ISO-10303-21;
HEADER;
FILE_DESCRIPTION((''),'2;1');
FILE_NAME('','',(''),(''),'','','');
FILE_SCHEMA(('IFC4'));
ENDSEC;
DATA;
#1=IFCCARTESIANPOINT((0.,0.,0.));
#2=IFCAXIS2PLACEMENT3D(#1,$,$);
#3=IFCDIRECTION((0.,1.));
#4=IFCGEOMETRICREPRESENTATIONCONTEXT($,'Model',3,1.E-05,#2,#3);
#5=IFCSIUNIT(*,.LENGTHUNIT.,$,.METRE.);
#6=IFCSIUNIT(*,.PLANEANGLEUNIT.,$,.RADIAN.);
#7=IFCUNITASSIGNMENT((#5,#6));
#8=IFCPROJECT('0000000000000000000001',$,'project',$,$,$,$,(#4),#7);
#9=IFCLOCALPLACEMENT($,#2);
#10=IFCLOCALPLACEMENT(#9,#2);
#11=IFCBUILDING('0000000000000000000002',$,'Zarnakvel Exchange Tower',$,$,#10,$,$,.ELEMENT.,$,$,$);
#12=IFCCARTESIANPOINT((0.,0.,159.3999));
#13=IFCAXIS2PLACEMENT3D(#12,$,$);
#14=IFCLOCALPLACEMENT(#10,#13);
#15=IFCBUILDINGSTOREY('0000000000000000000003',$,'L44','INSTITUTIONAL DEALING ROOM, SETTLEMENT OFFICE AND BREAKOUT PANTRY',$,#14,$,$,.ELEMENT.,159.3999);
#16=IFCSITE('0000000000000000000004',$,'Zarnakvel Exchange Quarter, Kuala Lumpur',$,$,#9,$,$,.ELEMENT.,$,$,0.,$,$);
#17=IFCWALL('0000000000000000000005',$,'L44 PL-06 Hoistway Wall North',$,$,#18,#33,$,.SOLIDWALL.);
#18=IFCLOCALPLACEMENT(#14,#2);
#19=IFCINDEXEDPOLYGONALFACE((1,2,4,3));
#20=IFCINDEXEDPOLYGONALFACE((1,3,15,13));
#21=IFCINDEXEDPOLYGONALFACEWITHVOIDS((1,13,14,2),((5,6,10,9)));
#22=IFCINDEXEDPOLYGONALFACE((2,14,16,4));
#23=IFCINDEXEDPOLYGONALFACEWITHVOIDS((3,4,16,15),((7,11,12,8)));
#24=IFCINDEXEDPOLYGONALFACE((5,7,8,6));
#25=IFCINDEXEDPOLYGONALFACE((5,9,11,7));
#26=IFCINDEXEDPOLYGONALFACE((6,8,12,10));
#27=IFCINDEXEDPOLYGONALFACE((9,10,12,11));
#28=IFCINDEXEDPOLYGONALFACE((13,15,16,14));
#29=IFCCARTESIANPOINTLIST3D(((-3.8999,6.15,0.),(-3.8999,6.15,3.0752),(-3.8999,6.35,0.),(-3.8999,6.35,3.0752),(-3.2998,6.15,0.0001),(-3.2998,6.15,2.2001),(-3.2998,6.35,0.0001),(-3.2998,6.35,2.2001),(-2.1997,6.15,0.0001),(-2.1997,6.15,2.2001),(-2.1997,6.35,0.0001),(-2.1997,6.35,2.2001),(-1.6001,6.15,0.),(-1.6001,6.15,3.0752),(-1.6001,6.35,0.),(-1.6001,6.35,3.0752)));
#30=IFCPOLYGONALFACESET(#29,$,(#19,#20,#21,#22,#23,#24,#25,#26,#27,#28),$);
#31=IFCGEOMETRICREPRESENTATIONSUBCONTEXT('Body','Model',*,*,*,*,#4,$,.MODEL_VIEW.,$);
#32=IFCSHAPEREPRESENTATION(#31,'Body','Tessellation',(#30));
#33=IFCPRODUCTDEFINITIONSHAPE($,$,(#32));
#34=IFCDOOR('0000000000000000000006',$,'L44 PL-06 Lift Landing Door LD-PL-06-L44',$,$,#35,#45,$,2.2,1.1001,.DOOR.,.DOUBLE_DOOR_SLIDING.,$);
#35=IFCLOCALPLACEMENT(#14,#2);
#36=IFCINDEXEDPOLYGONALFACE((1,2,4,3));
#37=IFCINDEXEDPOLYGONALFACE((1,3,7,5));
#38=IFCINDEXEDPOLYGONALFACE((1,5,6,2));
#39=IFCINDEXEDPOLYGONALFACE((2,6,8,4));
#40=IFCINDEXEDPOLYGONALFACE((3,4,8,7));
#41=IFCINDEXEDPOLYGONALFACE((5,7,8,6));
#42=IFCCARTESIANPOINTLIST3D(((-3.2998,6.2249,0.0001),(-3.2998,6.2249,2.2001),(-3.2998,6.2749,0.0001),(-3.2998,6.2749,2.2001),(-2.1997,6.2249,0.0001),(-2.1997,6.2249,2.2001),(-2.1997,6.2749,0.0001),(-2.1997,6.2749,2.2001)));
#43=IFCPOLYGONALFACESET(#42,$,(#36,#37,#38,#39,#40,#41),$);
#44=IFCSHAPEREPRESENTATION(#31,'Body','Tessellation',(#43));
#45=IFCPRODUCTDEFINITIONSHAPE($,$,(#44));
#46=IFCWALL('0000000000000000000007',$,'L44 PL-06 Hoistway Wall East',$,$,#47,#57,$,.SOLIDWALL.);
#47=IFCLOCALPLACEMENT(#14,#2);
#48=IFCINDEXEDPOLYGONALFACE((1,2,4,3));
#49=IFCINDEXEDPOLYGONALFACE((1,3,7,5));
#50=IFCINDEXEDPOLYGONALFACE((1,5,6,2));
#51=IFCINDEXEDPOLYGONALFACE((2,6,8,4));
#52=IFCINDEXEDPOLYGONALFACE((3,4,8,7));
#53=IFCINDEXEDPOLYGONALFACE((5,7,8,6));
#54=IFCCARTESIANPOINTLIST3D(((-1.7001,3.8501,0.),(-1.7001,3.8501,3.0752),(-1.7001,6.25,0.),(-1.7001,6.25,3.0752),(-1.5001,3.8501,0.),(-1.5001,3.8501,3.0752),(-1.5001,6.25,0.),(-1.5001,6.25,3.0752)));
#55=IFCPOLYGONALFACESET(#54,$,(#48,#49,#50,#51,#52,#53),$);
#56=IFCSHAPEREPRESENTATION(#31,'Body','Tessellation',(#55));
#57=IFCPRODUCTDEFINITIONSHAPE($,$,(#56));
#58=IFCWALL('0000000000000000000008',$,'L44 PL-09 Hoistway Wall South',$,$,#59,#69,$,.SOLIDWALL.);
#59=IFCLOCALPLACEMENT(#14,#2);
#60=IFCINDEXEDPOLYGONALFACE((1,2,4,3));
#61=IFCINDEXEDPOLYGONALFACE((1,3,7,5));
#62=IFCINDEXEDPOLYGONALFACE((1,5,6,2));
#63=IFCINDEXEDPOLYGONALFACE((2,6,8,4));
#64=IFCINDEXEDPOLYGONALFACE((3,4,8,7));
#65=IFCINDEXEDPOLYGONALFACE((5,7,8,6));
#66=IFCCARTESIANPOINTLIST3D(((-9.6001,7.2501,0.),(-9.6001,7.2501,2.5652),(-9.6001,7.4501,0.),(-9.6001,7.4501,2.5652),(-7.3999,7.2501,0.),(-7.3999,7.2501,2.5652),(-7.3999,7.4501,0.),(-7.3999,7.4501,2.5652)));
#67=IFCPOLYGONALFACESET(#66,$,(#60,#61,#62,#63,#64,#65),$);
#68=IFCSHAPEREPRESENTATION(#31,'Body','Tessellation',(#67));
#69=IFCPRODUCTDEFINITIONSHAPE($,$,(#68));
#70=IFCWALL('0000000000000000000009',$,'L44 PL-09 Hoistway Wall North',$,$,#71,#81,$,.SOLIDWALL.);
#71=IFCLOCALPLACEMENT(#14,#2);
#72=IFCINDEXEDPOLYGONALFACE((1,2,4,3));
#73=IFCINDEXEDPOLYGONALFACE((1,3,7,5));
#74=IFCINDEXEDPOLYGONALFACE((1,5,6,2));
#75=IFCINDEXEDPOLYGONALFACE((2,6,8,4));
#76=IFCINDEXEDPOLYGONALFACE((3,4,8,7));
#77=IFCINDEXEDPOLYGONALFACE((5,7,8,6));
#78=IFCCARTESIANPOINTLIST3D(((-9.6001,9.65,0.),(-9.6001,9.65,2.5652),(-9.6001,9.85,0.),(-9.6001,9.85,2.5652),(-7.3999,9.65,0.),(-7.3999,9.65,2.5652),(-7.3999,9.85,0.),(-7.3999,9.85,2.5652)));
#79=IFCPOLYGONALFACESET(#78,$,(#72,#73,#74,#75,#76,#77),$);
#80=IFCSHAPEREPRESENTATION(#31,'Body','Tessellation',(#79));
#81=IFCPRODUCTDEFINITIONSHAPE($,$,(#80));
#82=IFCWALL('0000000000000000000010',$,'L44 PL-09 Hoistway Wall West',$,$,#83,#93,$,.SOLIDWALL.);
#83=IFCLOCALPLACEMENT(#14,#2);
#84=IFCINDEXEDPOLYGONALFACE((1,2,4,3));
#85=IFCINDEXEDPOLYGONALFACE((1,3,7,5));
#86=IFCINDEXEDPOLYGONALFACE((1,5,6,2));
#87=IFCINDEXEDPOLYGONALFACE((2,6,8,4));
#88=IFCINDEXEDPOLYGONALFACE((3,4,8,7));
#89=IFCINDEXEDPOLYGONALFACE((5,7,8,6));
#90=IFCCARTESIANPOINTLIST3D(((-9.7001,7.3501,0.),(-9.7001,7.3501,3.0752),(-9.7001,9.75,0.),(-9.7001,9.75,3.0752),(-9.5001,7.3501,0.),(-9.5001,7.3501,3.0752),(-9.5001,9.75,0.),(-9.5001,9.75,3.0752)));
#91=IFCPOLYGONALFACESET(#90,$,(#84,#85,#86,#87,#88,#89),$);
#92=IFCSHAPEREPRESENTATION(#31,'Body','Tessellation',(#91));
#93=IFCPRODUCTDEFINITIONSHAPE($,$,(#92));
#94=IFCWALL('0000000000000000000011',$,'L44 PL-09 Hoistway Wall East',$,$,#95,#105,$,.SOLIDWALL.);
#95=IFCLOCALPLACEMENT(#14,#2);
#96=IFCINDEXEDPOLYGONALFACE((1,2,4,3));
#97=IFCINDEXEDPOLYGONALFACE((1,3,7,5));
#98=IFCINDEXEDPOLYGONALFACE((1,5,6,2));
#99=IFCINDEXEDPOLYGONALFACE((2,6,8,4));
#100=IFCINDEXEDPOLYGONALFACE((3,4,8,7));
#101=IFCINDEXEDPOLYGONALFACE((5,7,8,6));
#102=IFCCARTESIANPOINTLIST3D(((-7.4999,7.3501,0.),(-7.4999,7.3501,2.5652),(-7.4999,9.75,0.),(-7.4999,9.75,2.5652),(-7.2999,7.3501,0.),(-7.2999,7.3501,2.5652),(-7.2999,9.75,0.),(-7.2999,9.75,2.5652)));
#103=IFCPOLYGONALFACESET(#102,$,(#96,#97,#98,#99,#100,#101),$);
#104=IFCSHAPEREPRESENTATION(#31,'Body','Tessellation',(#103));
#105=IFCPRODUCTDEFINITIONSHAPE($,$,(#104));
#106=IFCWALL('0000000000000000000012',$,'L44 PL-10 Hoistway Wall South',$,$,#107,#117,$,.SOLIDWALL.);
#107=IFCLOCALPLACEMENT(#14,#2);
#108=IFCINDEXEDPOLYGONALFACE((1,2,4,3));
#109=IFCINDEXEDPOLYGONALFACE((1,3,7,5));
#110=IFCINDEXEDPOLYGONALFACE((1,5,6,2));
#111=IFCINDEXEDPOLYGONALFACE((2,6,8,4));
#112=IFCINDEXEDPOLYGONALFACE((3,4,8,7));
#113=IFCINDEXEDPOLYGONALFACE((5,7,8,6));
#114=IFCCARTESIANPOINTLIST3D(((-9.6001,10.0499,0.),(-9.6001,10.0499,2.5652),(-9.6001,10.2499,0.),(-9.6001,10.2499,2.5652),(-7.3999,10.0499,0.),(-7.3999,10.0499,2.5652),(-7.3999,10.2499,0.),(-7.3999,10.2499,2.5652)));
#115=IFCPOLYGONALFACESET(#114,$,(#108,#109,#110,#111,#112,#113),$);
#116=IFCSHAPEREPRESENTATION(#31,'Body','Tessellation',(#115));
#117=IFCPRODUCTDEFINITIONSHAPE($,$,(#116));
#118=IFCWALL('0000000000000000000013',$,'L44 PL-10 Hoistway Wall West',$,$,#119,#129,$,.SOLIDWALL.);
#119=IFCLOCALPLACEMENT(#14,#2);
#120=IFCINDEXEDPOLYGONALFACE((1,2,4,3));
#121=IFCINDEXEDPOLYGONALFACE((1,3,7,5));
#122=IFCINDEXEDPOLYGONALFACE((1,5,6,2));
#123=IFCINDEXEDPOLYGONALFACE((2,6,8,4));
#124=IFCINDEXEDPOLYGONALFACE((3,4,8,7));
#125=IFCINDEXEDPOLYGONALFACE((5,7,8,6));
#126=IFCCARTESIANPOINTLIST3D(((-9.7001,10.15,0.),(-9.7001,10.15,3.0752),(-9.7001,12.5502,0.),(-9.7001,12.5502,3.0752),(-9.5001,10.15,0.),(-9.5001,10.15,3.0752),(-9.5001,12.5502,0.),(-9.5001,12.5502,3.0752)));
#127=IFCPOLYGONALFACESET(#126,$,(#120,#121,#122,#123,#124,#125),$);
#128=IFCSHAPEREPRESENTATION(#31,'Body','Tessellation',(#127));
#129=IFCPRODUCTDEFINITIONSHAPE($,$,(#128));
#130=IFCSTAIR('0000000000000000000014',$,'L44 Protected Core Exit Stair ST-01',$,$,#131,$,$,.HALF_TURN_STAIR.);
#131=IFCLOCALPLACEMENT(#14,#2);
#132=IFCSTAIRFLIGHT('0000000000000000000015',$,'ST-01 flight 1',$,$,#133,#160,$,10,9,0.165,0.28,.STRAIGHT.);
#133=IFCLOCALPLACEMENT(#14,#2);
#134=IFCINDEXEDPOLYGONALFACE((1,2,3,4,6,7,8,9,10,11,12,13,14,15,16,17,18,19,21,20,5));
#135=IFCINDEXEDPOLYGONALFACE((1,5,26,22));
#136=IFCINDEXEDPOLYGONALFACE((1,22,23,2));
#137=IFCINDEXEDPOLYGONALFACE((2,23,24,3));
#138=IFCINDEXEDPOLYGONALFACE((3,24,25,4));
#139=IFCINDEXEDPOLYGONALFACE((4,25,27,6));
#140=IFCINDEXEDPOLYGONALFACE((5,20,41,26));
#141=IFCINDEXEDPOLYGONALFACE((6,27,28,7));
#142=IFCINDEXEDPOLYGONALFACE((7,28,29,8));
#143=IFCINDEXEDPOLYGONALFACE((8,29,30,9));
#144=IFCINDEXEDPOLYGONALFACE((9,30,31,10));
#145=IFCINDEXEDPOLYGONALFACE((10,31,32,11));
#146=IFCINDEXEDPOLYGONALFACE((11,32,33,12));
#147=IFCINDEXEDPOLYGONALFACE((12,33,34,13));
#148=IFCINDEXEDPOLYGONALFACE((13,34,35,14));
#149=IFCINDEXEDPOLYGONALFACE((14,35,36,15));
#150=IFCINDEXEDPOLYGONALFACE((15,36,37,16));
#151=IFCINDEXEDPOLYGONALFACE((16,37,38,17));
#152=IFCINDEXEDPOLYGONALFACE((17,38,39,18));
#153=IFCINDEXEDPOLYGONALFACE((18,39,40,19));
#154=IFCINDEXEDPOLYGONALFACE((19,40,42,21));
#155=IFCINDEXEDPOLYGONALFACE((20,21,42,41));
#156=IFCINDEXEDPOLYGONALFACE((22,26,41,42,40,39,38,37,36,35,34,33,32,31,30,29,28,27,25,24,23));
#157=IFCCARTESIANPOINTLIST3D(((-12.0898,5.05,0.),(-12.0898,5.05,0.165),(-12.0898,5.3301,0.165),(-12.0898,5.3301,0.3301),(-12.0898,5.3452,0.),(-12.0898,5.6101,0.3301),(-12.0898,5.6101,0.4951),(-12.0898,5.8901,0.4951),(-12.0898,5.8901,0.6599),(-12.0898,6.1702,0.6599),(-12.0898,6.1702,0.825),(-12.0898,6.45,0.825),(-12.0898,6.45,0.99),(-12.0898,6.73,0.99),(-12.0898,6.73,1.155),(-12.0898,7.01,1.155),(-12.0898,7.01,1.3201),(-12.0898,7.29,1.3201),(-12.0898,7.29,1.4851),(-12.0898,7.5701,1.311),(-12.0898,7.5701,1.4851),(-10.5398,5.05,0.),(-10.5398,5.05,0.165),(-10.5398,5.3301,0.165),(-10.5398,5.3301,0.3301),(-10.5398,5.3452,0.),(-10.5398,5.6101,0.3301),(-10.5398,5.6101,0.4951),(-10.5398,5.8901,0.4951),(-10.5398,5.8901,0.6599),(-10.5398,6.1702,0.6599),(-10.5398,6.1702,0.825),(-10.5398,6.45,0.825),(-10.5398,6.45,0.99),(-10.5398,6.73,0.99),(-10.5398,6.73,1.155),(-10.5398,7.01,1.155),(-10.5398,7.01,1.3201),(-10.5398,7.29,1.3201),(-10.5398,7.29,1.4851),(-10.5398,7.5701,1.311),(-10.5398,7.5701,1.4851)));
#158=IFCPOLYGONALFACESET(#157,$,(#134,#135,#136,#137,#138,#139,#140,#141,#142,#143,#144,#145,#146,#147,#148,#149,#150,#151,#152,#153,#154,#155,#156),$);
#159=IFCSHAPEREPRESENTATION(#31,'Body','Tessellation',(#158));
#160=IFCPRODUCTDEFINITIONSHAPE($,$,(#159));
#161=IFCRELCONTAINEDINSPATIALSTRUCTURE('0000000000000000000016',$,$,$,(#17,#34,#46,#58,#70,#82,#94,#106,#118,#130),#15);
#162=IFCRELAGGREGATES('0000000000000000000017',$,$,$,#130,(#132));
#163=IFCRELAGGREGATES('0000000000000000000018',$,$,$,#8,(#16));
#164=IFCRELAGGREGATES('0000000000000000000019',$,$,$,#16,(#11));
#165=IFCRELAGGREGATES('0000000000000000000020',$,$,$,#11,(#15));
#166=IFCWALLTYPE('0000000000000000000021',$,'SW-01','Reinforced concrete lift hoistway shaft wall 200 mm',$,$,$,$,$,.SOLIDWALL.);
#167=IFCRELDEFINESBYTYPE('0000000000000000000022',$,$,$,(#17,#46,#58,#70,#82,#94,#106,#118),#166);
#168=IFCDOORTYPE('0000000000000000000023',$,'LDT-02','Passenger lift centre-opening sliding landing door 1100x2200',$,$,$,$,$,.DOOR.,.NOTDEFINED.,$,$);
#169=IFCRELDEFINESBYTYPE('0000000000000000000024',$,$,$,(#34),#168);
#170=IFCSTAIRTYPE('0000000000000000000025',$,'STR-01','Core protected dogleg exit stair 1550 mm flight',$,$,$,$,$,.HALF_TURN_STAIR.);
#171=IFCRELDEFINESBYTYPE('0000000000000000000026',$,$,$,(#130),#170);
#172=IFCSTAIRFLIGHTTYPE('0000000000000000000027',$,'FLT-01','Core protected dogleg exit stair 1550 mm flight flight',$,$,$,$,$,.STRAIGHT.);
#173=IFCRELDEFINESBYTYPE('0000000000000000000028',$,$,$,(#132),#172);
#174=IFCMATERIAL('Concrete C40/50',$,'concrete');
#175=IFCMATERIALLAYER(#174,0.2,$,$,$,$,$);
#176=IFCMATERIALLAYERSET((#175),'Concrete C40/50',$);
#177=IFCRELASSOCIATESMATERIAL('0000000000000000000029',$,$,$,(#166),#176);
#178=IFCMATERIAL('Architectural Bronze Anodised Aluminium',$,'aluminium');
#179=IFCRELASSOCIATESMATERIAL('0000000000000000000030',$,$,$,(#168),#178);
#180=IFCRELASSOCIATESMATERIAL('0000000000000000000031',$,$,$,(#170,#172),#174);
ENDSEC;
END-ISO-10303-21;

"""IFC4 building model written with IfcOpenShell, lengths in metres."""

from ifc_helpers import new_model, si_unit, direction, frame, frame_2d, origin, place, context, subcontext, project, spatial, polyline, rectangle, outline, extrude, source, transform, mapped, material, layer, layer_set, type_object, element, fill, aggregate, save


model = new_model("IFC4")

# Units and contexts
model_context = context("Model", 3, precision=1e-05, world=origin(), true_north=direction((0.0, 1.0)))
body_context = subcontext(model_context, "Body", "Model", "MODEL_VIEW")
ifc_project = project(units=[si_unit("LENGTHUNIT", "METRE"), si_unit("PLANEANGLEUNIT", "RADIAN")], contexts=[model_context])

# Site, building, storey
site_placement = place(None, origin())
site = spatial("IfcSite", under=ifc_project, at=site_placement, Name="Zarnakvel Exchange Quarter, Kuala Lumpur", CompositionType="ELEMENT", RefElevation=0.0)
building_placement = place(site_placement, origin())
building = spatial("IfcBuilding", under=site, at=building_placement, Name="Zarnakvel Exchange Tower", CompositionType="ELEMENT")
storey_placement = place(building_placement, frame((0.0, 0.0, 159.3999)))
storey = spatial("IfcBuildingStorey", under=building, at=storey_placement, Name="L44", Description="INSTITUTIONAL DEALING ROOM, SETTLEMENT OFFICE AND BREAKOUT PANTRY", CompositionType="ELEMENT", Elevation=159.3999)

# Shared definitions
ifc_material_1 = material(Name="Concrete C40/50", Category="concrete")
ifc_layer_1 = layer(ifc_material_1, 0.2)
ifc_layer_set_1 = layer_set([ifc_layer_1], Name="Concrete C40/50")
wall_type_1 = type_object("IfcWallType", Name="SW-01", Description="Reinforced concrete lift hoistway shaft wall 200 mm", PredefinedType="SOLIDWALL", material=ifc_layer_set_1)

# Shared definitions
ifc_material_2 = material(Name="Architectural Bronze Anodised Aluminium", Category="aluminium")
door_type_1 = type_object("IfcDoorType", Name="LDT-02", Description="Passenger lift centre-opening sliding landing door 1100x2200", OperationType="NOTDEFINED", PredefinedType="DOOR", material=ifc_material_2)
shared_shape_1 = source(origin(), body_context, "Body", "SweptSolid", [
    extrude(rectangle(XDim=1.1001, YDim=2.2, at=frame_2d((0.55, 1.1001))), frame((0.0, 0.0249, 0.0), z_axis=(0.0, -1.0, 0.0), x_axis=(1.0, 0.0, 0.0)), (0.0, 0.0, 1.0), 0.05),
])

# Wall, opening, door
wall_1_placement = place(storey_placement, frame((-3.8999, 6.25, 0.0), z_axis=(0.0, 0.0, 1.0), x_axis=(1.0, 0.0, 0.0)))
wall_1 = element("IfcWall", 1, at=wall_1_placement, inside=storey, type_object=wall_type_1, Name="L44 PL-06 Hoistway Wall North", PredefinedType="SOLIDWALL", context=body_context, shape_type="SweptSolid", body=[
    extrude(rectangle(XDim=2.2998, YDim=0.2, at=frame_2d((1.1499, 0.0))), origin(), (0.0, 0.0, 1.0), 3.0752),
])
opening_1_placement = place(wall_1_placement, frame((0.6001, 0.0, 0.0)))
opening_1 = element("IfcOpeningElement", 2, at=opening_1_placement, cuts=wall_1, PredefinedType="OPENING", context=body_context, shape_type="SweptSolid", body=[
    extrude(rectangle(XDim=1.1001, YDim=2.2, at=frame_2d((0.55, 1.1001))), frame((0.0, 0.1099, 0.0), z_axis=(0.0, -1.0, 0.0), x_axis=(1.0, 0.0, 0.0)), (0.0, 0.0, 1.0), 0.22),
])
door_1_placement = place(opening_1_placement, origin())
door_1 = element("IfcDoor", 3, at=door_1_placement, inside=storey, type_object=door_type_1, Name="L44 PL-06 Lift Landing Door LD-PL-06-L44", OperationType="DOUBLE_DOOR_SLIDING", OverallHeight=2.2, OverallWidth=1.1001, PredefinedType="DOOR", context=body_context, shape_type="MappedRepresentation", body=[
    mapped(shared_shape_1, transform((0.0, 0.0, 0.0), x_axis=(1.0, 0.0, 0.0), y_axis=(0.0, 1.0, 0.0), z_axis=(0.0, 0.0, 1.0), scale=1.0)),
])
fill(opening_1, door_1)

# Walls
wall_2_placement = place(storey_placement, frame((-1.6001, 6.25, 0.0), z_axis=(0.0, 0.0, 1.0), x_axis=(0.0, -1.0, 0.0)))
element("IfcWall", 4, at=wall_2_placement, inside=storey, type_object=wall_type_1, Name="L44 PL-06 Hoistway Wall East", PredefinedType="SOLIDWALL", context=body_context, shape_type="SweptSolid", body=[
    extrude(rectangle(XDim=2.3999, YDim=0.2, at=frame_2d((1.2, 0.0))), origin(), (0.0, 0.0, 1.0), 3.0752),
])
for number, where, z_axis, x_axis, name in (
    (5, (-7.3999, 7.3501, 0.0), (0.0, 0.0, 1.0), (-1.0, 0.0, 0.0), "L44 PL-09 Hoistway Wall South"),
    (6, (-9.6001, 9.75, 0.0), (0.0, 0.0, 1.0), (1.0, 0.0, 0.0), "L44 PL-09 Hoistway Wall North"),
):
    element("IfcWall", number, at=place(storey_placement, frame(where, z_axis=z_axis, x_axis=x_axis)), inside=storey, type_object=wall_type_1, Name=name, PredefinedType="SOLIDWALL", context=body_context, shape_type="SweptSolid", body=[
        extrude(rectangle(XDim=2.2002, YDim=0.2, at=frame_2d((1.1001, 0.0))), origin(), (0.0, 0.0, 1.0), 2.5652),
    ])
wall_3_placement = place(storey_placement, frame((-9.6001, 7.3501, 0.0), z_axis=(0.0, 0.0, 1.0), x_axis=(0.0, 1.0, 0.0)))
element("IfcWall", 7, at=wall_3_placement, inside=storey, type_object=wall_type_1, Name="L44 PL-09 Hoistway Wall West", PredefinedType="SOLIDWALL", context=body_context, shape_type="SweptSolid", body=[
    extrude(rectangle(XDim=2.3999, YDim=0.2, at=frame_2d((1.2, 0.0))), origin(), (0.0, 0.0, 1.0), 3.0752),
])
wall_4_placement = place(storey_placement, frame((-7.3999, 9.75, 0.0), z_axis=(0.0, 0.0, 1.0), x_axis=(0.0, -1.0, 0.0)))
element("IfcWall", 8, at=wall_4_placement, inside=storey, type_object=wall_type_1, Name="L44 PL-09 Hoistway Wall East", PredefinedType="SOLIDWALL", context=body_context, shape_type="SweptSolid", body=[
    extrude(rectangle(XDim=2.3999, YDim=0.2, at=frame_2d((1.2, 0.0))), origin(), (0.0, 0.0, 1.0), 2.5652),
])
wall_5_placement = place(storey_placement, frame((-7.3999, 10.1499, 0.0), z_axis=(0.0, 0.0, 1.0), x_axis=(-1.0, 0.0, 0.0)))
element("IfcWall", 9, at=wall_5_placement, inside=storey, type_object=wall_type_1, Name="L44 PL-10 Hoistway Wall South", PredefinedType="SOLIDWALL", context=body_context, shape_type="SweptSolid", body=[
    extrude(rectangle(XDim=2.2002, YDim=0.2, at=frame_2d((1.1001, 0.0))), origin(), (0.0, 0.0, 1.0), 2.5652),
])
wall_6_placement = place(storey_placement, frame((-9.6001, 10.1499, 0.0), z_axis=(0.0, 0.0, 1.0), x_axis=(0.0, 1.0, 0.0)))
element("IfcWall", 10, at=wall_6_placement, inside=storey, type_object=wall_type_1, Name="L44 PL-10 Hoistway Wall West", PredefinedType="SOLIDWALL", context=body_context, shape_type="SweptSolid", body=[
    extrude(rectangle(XDim=2.4001, YDim=0.2, at=frame_2d((1.2002, 0.0))), origin(), (0.0, 0.0, 1.0), 3.0752),
])

# Stair, stair flight
stair_type = type_object("IfcStairType", Name="STR-01", Description="Core protected dogleg exit stair 1550 mm flight", PredefinedType="HALF_TURN_STAIR", material=ifc_material_1)
stair_placement = place(storey_placement, origin())
stair = element("IfcStair", 11, at=stair_placement, inside=storey, type_object=stair_type, Name="L44 Protected Core Exit Stair ST-01", PredefinedType="HALF_TURN_STAIR")
stair_flight_type = type_object("IfcStairFlightType", Name="FLT-01", Description="Core protected dogleg exit stair 1550 mm flight flight", PredefinedType="STRAIGHT", material=ifc_material_1)
stair_flight_placement = place(storey_placement, frame((-11.3149, 5.05, 0.0), z_axis=(0.0, 0.0, 1.0), x_axis=(0.0, 1.0, 0.0)))
stair_flight = element("IfcStairFlight", 12, at=stair_flight_placement, type_object=stair_flight_type, Name="ST-01 flight 1", NumberOfRisers=10, NumberOfTreads=9, PredefinedType="STRAIGHT", RiserHeight=0.165, TreadLength=0.28, context=body_context, shape_type="SweptSolid", body=[
    extrude(outline(polyline([(0.0, 0.0), (0.0, 0.165), (0.28, 0.165), (0.28, 0.3301), (0.5601, 0.3301), (0.5601, 0.4951), (0.8401, 0.4951), (0.8401, 0.6599), (1.1201, 0.6599), (1.1201, 0.825), (1.3999, 0.825), (1.3999, 0.99), (1.6799, 0.99), (1.6799, 1.155), (1.96, 1.155), (1.96, 1.3201), (2.24, 1.3201), (2.24, 1.4851), (2.52, 1.4851), (2.52, 1.6499), (2.52, 1.311), (0.2952, 0.0), (0.0, 0.0)])), frame((0.0, 0.7749, 0.0), z_axis=(0.0, -1.0, 0.0), x_axis=(1.0, 0.0, 0.0)), (0.0, 0.0, 1.0), 1.55),
])
aggregate(stair, [stair_flight])

save(model, "model.ifc")
